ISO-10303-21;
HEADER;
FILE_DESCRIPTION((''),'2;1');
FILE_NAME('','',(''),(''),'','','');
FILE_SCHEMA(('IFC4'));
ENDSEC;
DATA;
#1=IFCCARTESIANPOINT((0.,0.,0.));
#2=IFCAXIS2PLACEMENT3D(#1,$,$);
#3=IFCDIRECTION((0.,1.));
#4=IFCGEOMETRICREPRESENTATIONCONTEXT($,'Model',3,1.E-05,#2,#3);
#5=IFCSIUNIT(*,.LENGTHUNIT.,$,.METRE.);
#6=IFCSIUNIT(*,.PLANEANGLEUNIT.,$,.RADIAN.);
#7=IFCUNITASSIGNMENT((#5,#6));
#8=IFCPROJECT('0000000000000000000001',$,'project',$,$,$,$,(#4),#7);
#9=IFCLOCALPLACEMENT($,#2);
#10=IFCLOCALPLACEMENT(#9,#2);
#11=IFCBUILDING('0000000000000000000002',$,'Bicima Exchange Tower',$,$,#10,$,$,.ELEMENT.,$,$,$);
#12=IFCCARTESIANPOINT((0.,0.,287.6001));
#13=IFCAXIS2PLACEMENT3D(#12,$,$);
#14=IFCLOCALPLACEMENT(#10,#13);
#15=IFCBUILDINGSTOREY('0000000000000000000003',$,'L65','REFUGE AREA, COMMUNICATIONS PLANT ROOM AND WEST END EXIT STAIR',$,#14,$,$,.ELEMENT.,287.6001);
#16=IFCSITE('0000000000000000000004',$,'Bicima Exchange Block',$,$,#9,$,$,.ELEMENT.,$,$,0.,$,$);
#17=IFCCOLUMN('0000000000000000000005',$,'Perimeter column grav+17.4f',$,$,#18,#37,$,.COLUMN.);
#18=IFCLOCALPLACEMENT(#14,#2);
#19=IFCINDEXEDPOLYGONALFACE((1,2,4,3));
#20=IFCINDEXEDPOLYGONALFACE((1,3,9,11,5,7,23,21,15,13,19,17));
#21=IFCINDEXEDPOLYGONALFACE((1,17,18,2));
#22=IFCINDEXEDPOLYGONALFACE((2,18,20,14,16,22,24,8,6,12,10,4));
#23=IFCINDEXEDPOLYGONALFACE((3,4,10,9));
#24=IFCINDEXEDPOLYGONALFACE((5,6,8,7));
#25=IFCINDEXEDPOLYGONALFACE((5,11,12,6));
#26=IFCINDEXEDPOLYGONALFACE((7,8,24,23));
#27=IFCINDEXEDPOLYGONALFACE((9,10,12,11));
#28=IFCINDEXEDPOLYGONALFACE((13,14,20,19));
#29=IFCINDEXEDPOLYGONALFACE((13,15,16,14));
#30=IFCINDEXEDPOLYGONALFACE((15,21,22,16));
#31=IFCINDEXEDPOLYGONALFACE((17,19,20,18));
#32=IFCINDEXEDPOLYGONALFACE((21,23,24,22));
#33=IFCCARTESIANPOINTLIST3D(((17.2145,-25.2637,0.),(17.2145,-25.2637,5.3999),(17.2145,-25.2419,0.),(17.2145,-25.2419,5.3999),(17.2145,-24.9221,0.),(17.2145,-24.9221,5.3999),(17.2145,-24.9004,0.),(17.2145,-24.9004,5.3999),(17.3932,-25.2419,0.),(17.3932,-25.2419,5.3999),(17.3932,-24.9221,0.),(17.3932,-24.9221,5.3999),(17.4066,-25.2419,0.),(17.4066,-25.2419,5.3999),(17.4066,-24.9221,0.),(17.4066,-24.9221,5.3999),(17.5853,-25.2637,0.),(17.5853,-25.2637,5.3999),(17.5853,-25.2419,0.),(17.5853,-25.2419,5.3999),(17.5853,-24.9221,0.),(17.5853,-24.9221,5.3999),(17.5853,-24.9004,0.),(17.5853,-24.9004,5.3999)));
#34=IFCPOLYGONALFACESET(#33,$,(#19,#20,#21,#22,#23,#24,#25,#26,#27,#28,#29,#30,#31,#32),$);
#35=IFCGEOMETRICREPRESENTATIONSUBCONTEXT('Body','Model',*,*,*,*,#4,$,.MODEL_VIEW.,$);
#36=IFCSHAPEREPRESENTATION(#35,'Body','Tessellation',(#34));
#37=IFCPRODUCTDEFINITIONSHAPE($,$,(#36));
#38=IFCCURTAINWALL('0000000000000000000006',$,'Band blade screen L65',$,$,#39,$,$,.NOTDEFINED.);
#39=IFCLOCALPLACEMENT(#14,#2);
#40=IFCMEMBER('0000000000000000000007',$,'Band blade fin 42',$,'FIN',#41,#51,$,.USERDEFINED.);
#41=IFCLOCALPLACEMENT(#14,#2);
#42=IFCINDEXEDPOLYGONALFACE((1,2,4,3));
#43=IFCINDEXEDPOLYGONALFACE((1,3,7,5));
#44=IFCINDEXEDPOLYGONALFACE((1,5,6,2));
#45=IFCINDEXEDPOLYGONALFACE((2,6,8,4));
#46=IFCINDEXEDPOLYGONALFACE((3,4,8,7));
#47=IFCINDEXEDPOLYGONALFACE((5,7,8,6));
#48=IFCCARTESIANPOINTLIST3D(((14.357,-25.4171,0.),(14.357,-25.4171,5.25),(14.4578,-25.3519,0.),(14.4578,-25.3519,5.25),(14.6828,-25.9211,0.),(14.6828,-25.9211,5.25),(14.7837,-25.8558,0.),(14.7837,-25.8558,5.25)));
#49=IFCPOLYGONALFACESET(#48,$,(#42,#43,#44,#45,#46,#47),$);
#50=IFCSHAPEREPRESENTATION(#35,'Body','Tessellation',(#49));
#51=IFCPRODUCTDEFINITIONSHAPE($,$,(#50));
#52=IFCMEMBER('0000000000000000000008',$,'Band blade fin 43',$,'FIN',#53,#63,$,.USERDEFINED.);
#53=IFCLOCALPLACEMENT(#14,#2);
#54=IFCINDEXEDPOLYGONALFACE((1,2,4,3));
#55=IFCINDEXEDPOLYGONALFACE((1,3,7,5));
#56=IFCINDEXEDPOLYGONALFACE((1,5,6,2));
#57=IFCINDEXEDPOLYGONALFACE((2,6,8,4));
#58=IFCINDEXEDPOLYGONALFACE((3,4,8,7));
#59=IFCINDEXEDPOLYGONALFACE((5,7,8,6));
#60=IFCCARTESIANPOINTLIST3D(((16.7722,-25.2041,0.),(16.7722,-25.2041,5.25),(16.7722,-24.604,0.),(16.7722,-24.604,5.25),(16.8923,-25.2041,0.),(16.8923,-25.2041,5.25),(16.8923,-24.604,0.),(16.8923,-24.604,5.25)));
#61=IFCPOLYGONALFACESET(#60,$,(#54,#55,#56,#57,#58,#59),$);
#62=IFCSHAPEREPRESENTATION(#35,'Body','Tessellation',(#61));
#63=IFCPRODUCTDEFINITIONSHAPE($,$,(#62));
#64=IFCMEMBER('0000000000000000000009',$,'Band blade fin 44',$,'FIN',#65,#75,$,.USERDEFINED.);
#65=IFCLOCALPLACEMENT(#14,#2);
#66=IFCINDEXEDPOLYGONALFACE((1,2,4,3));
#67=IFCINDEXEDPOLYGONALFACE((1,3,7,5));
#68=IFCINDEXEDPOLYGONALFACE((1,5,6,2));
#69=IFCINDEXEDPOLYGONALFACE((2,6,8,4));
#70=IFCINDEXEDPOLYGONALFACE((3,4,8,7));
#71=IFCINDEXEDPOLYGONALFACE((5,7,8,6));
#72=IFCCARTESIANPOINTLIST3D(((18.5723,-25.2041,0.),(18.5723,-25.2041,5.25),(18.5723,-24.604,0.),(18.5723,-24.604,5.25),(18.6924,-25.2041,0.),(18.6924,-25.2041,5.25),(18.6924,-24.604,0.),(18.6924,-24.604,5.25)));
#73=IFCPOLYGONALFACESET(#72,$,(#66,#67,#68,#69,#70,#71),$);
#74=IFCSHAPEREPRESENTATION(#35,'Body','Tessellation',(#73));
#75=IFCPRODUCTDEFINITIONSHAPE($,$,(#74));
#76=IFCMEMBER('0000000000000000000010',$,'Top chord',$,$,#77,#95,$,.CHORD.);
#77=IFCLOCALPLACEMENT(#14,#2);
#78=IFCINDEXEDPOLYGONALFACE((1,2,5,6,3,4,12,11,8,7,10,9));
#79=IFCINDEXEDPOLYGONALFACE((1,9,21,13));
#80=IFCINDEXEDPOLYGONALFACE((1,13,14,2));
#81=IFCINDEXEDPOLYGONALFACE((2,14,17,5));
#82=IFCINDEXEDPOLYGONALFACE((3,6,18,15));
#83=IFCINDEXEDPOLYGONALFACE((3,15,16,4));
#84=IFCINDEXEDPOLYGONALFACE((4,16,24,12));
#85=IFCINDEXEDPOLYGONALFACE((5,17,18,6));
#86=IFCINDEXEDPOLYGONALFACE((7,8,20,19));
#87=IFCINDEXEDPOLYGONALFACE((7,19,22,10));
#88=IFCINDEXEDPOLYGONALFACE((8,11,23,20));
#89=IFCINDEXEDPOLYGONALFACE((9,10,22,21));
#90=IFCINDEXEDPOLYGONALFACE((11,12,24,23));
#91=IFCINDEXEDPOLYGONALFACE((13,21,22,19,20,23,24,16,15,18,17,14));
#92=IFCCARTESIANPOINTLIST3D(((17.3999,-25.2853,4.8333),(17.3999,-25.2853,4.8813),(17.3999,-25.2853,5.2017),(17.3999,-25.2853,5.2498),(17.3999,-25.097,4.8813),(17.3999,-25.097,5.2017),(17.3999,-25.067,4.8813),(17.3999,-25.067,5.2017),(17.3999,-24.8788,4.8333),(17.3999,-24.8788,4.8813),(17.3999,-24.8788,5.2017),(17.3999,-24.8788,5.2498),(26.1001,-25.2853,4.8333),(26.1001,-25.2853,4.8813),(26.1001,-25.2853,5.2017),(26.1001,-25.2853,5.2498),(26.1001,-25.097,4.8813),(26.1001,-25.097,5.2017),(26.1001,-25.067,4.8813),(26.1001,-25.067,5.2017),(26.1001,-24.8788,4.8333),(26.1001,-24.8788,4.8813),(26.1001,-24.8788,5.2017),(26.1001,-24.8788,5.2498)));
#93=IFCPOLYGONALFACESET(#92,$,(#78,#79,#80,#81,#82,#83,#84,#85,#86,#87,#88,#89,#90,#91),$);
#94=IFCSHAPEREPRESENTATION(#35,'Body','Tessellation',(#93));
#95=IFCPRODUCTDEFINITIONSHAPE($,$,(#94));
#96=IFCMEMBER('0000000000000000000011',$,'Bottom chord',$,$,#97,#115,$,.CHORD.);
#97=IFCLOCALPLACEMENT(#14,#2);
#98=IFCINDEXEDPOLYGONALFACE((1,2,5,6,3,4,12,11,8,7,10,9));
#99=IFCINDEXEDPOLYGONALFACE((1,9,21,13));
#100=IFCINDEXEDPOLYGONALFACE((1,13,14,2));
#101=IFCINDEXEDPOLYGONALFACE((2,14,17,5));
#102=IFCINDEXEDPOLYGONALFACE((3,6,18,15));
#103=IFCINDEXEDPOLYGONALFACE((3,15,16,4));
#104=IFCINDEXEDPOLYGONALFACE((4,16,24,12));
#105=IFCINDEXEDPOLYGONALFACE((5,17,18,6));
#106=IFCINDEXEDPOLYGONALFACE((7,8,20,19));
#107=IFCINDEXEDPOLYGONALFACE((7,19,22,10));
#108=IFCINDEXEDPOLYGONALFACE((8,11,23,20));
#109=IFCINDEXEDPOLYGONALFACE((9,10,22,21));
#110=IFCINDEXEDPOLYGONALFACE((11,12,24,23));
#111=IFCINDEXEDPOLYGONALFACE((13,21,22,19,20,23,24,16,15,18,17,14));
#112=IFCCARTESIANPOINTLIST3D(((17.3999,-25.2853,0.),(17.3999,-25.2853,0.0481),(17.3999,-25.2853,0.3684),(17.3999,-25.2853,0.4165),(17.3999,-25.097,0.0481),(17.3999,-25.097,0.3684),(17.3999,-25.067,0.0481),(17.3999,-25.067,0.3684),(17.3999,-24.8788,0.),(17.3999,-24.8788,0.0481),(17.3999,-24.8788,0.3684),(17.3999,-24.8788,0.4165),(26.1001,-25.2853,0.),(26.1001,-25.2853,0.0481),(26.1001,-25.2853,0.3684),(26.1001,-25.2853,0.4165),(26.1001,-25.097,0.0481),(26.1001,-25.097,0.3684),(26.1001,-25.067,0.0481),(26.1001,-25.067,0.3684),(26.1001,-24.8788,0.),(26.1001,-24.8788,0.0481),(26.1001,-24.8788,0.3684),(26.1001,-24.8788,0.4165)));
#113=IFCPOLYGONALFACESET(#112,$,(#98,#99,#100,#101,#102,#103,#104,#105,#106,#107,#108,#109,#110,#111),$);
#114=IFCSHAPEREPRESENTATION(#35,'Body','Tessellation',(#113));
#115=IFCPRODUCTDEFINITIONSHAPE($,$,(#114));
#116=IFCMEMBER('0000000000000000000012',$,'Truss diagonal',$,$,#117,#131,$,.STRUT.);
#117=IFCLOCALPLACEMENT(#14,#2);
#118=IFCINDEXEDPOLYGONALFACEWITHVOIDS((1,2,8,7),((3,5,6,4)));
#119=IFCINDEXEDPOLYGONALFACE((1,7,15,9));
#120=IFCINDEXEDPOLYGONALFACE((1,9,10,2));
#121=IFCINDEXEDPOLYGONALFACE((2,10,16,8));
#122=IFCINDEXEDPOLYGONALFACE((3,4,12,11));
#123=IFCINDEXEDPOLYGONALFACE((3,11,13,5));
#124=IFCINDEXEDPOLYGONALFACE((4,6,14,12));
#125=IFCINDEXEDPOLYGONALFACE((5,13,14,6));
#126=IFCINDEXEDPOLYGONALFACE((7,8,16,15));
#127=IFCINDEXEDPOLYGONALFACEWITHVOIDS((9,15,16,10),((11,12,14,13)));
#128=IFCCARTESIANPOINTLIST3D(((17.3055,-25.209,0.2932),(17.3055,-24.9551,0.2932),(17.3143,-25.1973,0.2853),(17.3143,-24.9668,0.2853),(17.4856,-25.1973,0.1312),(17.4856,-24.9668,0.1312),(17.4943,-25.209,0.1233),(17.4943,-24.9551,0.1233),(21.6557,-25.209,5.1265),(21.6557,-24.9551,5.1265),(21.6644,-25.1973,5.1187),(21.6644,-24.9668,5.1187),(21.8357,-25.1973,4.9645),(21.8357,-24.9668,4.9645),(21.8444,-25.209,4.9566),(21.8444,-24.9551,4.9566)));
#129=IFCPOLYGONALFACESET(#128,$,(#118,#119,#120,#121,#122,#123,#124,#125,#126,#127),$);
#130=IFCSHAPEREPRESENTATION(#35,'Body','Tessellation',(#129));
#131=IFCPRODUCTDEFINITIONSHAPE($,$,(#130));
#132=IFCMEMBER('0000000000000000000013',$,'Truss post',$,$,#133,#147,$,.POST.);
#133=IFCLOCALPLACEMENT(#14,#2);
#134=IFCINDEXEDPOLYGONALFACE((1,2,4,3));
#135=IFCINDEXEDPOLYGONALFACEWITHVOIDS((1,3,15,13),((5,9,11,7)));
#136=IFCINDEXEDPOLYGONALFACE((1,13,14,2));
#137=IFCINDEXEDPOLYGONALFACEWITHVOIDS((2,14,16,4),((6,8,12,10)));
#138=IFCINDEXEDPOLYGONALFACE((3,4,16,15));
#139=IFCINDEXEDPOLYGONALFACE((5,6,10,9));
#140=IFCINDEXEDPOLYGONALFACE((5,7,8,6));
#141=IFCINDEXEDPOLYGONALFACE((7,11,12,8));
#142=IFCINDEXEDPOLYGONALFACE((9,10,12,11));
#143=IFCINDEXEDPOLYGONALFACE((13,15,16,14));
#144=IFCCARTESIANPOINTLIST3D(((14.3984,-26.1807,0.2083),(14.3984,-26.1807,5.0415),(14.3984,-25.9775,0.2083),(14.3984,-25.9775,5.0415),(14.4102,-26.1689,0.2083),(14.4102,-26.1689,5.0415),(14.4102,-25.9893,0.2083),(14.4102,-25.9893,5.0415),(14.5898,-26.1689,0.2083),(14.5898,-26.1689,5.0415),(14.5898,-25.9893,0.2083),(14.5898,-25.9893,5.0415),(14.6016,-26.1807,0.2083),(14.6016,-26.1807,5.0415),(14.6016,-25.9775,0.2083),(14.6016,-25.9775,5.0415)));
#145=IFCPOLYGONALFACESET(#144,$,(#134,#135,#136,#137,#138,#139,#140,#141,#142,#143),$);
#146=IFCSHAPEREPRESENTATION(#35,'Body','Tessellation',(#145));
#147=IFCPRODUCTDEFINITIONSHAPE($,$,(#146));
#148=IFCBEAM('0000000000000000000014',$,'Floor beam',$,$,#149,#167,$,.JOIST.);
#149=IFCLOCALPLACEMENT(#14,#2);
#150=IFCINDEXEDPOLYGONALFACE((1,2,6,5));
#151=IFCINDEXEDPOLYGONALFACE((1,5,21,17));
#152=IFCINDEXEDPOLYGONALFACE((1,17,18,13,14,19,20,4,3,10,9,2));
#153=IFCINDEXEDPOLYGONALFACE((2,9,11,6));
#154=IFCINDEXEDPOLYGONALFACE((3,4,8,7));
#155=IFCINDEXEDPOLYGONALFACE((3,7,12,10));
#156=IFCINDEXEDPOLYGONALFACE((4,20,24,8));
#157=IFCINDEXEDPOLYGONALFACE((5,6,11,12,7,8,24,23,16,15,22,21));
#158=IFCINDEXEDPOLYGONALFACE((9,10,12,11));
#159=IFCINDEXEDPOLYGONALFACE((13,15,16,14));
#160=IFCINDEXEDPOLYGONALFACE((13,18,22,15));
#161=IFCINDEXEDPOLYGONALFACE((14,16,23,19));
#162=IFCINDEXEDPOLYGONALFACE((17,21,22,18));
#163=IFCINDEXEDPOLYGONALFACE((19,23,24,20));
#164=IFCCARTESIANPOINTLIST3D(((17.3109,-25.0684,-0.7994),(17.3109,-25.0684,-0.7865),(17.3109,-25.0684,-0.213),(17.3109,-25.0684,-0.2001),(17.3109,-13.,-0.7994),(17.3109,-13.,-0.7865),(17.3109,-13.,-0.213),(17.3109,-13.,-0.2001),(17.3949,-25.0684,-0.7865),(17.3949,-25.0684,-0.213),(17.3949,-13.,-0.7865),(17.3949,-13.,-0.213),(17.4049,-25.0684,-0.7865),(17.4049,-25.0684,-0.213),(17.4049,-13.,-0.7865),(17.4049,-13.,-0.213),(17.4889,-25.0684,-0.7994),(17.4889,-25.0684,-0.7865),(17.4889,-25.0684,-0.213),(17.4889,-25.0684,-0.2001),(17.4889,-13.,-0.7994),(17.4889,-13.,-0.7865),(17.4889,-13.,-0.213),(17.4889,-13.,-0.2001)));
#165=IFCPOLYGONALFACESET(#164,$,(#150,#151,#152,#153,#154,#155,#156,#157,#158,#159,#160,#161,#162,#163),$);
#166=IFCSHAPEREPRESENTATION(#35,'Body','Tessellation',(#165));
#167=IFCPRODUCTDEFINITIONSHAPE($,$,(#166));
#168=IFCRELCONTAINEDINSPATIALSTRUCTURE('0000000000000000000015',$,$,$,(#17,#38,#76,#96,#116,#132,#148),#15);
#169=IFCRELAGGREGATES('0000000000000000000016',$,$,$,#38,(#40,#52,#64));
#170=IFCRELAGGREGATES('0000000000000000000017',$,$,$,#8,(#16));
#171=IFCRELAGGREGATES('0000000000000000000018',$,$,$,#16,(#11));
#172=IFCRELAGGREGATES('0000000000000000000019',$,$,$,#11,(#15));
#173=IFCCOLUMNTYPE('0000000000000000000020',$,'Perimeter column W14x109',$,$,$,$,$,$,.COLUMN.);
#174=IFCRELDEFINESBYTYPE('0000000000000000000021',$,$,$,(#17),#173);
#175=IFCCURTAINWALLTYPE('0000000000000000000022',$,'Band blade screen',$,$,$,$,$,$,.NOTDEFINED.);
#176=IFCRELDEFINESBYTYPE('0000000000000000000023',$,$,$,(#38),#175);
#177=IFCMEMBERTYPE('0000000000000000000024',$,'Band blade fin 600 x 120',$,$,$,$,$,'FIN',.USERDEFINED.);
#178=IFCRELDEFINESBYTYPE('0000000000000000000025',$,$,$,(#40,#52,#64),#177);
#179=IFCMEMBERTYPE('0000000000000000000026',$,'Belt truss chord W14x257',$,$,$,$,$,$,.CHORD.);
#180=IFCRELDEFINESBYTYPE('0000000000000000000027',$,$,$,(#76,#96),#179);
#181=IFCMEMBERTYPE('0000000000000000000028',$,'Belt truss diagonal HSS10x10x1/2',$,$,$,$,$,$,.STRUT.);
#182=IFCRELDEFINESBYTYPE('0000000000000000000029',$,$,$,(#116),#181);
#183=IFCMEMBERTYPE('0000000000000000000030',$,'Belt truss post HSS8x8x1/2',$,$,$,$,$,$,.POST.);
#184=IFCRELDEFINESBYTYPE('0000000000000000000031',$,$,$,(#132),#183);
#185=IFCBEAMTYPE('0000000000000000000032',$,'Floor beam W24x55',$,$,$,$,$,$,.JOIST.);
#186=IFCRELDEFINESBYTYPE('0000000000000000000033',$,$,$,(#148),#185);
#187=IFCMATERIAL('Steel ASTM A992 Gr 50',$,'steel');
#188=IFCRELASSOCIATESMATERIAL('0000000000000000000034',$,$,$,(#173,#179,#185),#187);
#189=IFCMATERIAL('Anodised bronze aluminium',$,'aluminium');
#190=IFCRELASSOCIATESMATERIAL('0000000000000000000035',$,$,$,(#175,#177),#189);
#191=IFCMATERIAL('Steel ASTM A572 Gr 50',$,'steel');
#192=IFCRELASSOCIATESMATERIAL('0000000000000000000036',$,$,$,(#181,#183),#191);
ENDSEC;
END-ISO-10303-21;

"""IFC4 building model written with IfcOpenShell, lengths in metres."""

from ifc_helpers import new_model, si_unit, direction, frame, origin, origin_2d, place, context, subcontext, project, spatial, rectangle, hollow_rectangle, i_section, extrude, material, material_profile, profile_set, type_object, element, aggregate, save


model = new_model("IFC4")

# Units and contexts
model_context = context("Model", 3, precision=1e-05, world=origin(), true_north=direction((0.0, 1.0)))
body_context = subcontext(model_context, "Body", "Model", "MODEL_VIEW")
ifc_project = project(units=[si_unit("LENGTHUNIT", "METRE"), si_unit("PLANEANGLEUNIT", "RADIAN")], contexts=[model_context])

# Site, building, storey
site_placement = place(None, origin())
site = spatial("IfcSite", under=ifc_project, at=site_placement, Name="Bicima Exchange Block", CompositionType="ELEMENT", RefElevation=0.0)
building_placement = place(site_placement, origin())
building = spatial("IfcBuilding", under=site, at=building_placement, Name="Bicima Exchange Tower", CompositionType="ELEMENT")
storey_placement = place(building_placement, frame((0.0, 0.0, 287.6001)))
storey = spatial("IfcBuildingStorey", under=building, at=storey_placement, Name="L65", Description="REFUGE AREA, COMMUNICATIONS PLANT ROOM AND WEST END EXIT STAIR", CompositionType="ELEMENT", Elevation=287.6001)

# Column
ifc_material_1 = material(Name="Steel ASTM A992 Gr 50", Category="steel")
ifc_material_profile_1 = material_profile(ifc_material_1, i_section(OverallWidth=0.3708, OverallDepth=0.3633, WebThickness=0.0134, FlangeThickness=0.0217, at=origin_2d()))
ifc_profile_set_1 = profile_set([ifc_material_profile_1], Name="Steel ASTM A992 Gr 50")
column_type = type_object("IfcColumnType", Name="Perimeter column W14x109", PredefinedType="COLUMN", material=ifc_profile_set_1)
column_placement = place(storey_placement, frame((17.3999, -25.082, 0.0), z_axis=(0.0, 0.0, 1.0), x_axis=(1.0, 0.0, 0.0)))
element("IfcColumn", 1, at=column_placement, inside=storey, type_object=column_type, Name="Perimeter column grav+17.4f", PredefinedType="COLUMN", context=body_context, shape_type="SweptSolid", body=[
    extrude(i_section(OverallWidth=0.3708, OverallDepth=0.3633, WebThickness=0.0134, FlangeThickness=0.0217, at=origin_2d()), origin(), (0.0, 0.0, 1.0), 5.3999),
])

# Curtain wall, members
ifc_material_2 = material(Name="Anodised bronze aluminium", Category="aluminium")
curtain_wall_type = type_object("IfcCurtainWallType", Name="Band blade screen", PredefinedType="NOTDEFINED", material=ifc_material_2)
curtain_wall_placement = place(storey_placement, origin())
curtain_wall = element("IfcCurtainWall", 2, at=curtain_wall_placement, inside=storey, type_object=curtain_wall_type, Name="Band blade screen L65", PredefinedType="NOTDEFINED")
ifc_material_profile_2 = material_profile(ifc_material_2, rectangle(XDim=0.6001, YDim=0.1201, at=origin_2d()))
ifc_profile_set_2 = profile_set([ifc_material_profile_2], Name="Anodised bronze aluminium")
member_type_1 = type_object("IfcMemberType", Name="Band blade fin 600 x 120", ElementType="FIN", PredefinedType="USERDEFINED", material=ifc_profile_set_2)
member_1_placement = place(storey_placement, frame((14.5703, -25.6365, 0.0), z_axis=(0.0, 0.0, 1.0), x_axis=(-0.542917, 0.839787, 0.0)))
member_1 = element("IfcMember", 3, at=member_1_placement, type_object=member_type_1, Name="Band blade fin 42", ObjectType="FIN", PredefinedType="USERDEFINED", context=body_context, shape_type="SweptSolid", body=[
    extrude(rectangle(XDim=0.6001, YDim=0.1201, at=origin_2d()), origin(), (0.0, 0.0, 1.0), 5.25),
])
member_2_placement = place(storey_placement, frame((16.8323, -24.9041, 0.0), z_axis=(0.0, 0.0, 1.0), x_axis=(0.0, 1.0, 0.0)))
member_2 = element("IfcMember", 4, at=member_2_placement, type_object=member_type_1, Name="Band blade fin 43", ObjectType="FIN", PredefinedType="USERDEFINED", context=body_context, shape_type="SweptSolid", body=[
    extrude(rectangle(XDim=0.6001, YDim=0.1201, at=origin_2d()), origin(), (0.0, 0.0, 1.0), 5.25),
])
member_3_placement = place(storey_placement, frame((18.6323, -24.9041, 0.0), z_axis=(0.0, 0.0, 1.0), x_axis=(0.0, 1.0, 0.0)))
member_3 = element("IfcMember", 5, at=member_3_placement, type_object=member_type_1, Name="Band blade fin 44", ObjectType="FIN", PredefinedType="USERDEFINED", context=body_context, shape_type="SweptSolid", body=[
    extrude(rectangle(XDim=0.6001, YDim=0.1201, at=origin_2d()), origin(), (0.0, 0.0, 1.0), 5.25),
])
aggregate(curtain_wall, [member_1, member_2, member_3])

# Members
ifc_material_profile_3 = material_profile(ifc_material_1, i_section(OverallWidth=0.4065, OverallDepth=0.4165, WebThickness=0.03, FlangeThickness=0.0481, at=origin_2d()))
ifc_profile_set_3 = profile_set([ifc_material_profile_3], Name="Steel ASTM A992 Gr 50")
member_type_2 = type_object("IfcMemberType", Name="Belt truss chord W14x257", PredefinedType="CHORD", material=ifc_profile_set_3)
for number, where, z_axis, x_axis, name in (
    (6, (17.3999, -25.082, 5.0415), (1.0, 0.0, 0.0), (0.0, 1.0, 0.0), "Top chord"),
    (7, (17.3999, -25.082, 0.2083), (1.0, 0.0, 0.0), (0.0, 1.0, 0.0), "Bottom chord"),
):
    element("IfcMember", number, at=place(storey_placement, frame(where, z_axis=z_axis, x_axis=x_axis)), inside=storey, type_object=member_type_2, Name=name, PredefinedType="CHORD", context=body_context, shape_type="SweptSolid", body=[
        extrude(i_section(OverallWidth=0.4065, OverallDepth=0.4165, WebThickness=0.03, FlangeThickness=0.0481, at=origin_2d()), origin(), (0.0, 0.0, 1.0), 8.7002),
    ])
ifc_material_3 = material(Name="Steel ASTM A572 Gr 50", Category="steel")
ifc_material_profile_4 = material_profile(ifc_material_3, hollow_rectangle(XDim=0.2539, YDim=0.2539, WallThickness=0.0117, at=origin_2d()))
ifc_profile_set_4 = profile_set([ifc_material_profile_4], Name="Steel ASTM A572 Gr 50")
member_type_3 = type_object("IfcMemberType", Name="Belt truss diagonal HSS10x10x1/2", PredefinedType="STRUT", material=ifc_profile_set_4)
member_4_placement = place(storey_placement, frame((17.3999, -25.082, 0.2083), z_axis=(0.668979, 0.0, 0.743281), x_axis=(0.0, 1.0, 0.0)))
element("IfcMember", 8, at=member_4_placement, inside=storey, type_object=member_type_3, Name="Truss diagonal", PredefinedType="STRUT", context=body_context, shape_type="SweptSolid", body=[
    extrude(hollow_rectangle(XDim=0.2539, YDim=0.2539, WallThickness=0.0117, at=origin_2d()), origin(), (0.0, 0.0, 1.0), 6.5027),
])
ifc_material_profile_5 = material_profile(ifc_material_3, hollow_rectangle(XDim=0.2031, YDim=0.2031, WallThickness=0.0117, at=origin_2d()))
ifc_profile_set_5 = profile_set([ifc_material_profile_5], Name="Steel ASTM A572 Gr 50")
member_type_4 = type_object("IfcMemberType", Name="Belt truss post HSS8x8x1/2", PredefinedType="POST", material=ifc_profile_set_5)
member_5_placement = place(storey_placement, frame((14.5, -26.0791, 0.2083), z_axis=(0.0, 0.0, 1.0), x_axis=(1.0, 0.0, 0.0)))
element("IfcMember", 9, at=member_5_placement, inside=storey, type_object=member_type_4, Name="Truss post", PredefinedType="POST", context=body_context, shape_type="SweptSolid", body=[
    extrude(hollow_rectangle(XDim=0.2031, YDim=0.2031, WallThickness=0.0117, at=origin_2d()), origin(), (0.0, 0.0, 1.0), 4.8333),
])

# Beam
ifc_material_profile_6 = material_profile(ifc_material_1, i_section(OverallWidth=0.178, OverallDepth=0.5994, WebThickness=0.01, FlangeThickness=0.0129, at=origin_2d()))
ifc_profile_set_6 = profile_set([ifc_material_profile_6], Name="Steel ASTM A992 Gr 50")
beam_type_1 = type_object("IfcBeamType", Name="Floor beam W24x55", PredefinedType="JOIST", material=ifc_profile_set_6)
beam_1_placement = place(storey_placement, frame((17.3999, -13.0, -0.4998), z_axis=(0.0, -1.0, 0.0), x_axis=(1.0, 0.0, 0.0)))
element("IfcBeam", 10, at=beam_1_placement, inside=storey, type_object=beam_type_1, Name="Floor beam", PredefinedType="JOIST", context=body_context, shape_type="SweptSolid", body=[
    extrude(i_section(OverallWidth=0.178, OverallDepth=0.5994, WebThickness=0.01, FlangeThickness=0.0129, at=origin_2d()), origin(), (0.0, 0.0, 1.0), 12.0684),
])

save(model, "model.ifc")
